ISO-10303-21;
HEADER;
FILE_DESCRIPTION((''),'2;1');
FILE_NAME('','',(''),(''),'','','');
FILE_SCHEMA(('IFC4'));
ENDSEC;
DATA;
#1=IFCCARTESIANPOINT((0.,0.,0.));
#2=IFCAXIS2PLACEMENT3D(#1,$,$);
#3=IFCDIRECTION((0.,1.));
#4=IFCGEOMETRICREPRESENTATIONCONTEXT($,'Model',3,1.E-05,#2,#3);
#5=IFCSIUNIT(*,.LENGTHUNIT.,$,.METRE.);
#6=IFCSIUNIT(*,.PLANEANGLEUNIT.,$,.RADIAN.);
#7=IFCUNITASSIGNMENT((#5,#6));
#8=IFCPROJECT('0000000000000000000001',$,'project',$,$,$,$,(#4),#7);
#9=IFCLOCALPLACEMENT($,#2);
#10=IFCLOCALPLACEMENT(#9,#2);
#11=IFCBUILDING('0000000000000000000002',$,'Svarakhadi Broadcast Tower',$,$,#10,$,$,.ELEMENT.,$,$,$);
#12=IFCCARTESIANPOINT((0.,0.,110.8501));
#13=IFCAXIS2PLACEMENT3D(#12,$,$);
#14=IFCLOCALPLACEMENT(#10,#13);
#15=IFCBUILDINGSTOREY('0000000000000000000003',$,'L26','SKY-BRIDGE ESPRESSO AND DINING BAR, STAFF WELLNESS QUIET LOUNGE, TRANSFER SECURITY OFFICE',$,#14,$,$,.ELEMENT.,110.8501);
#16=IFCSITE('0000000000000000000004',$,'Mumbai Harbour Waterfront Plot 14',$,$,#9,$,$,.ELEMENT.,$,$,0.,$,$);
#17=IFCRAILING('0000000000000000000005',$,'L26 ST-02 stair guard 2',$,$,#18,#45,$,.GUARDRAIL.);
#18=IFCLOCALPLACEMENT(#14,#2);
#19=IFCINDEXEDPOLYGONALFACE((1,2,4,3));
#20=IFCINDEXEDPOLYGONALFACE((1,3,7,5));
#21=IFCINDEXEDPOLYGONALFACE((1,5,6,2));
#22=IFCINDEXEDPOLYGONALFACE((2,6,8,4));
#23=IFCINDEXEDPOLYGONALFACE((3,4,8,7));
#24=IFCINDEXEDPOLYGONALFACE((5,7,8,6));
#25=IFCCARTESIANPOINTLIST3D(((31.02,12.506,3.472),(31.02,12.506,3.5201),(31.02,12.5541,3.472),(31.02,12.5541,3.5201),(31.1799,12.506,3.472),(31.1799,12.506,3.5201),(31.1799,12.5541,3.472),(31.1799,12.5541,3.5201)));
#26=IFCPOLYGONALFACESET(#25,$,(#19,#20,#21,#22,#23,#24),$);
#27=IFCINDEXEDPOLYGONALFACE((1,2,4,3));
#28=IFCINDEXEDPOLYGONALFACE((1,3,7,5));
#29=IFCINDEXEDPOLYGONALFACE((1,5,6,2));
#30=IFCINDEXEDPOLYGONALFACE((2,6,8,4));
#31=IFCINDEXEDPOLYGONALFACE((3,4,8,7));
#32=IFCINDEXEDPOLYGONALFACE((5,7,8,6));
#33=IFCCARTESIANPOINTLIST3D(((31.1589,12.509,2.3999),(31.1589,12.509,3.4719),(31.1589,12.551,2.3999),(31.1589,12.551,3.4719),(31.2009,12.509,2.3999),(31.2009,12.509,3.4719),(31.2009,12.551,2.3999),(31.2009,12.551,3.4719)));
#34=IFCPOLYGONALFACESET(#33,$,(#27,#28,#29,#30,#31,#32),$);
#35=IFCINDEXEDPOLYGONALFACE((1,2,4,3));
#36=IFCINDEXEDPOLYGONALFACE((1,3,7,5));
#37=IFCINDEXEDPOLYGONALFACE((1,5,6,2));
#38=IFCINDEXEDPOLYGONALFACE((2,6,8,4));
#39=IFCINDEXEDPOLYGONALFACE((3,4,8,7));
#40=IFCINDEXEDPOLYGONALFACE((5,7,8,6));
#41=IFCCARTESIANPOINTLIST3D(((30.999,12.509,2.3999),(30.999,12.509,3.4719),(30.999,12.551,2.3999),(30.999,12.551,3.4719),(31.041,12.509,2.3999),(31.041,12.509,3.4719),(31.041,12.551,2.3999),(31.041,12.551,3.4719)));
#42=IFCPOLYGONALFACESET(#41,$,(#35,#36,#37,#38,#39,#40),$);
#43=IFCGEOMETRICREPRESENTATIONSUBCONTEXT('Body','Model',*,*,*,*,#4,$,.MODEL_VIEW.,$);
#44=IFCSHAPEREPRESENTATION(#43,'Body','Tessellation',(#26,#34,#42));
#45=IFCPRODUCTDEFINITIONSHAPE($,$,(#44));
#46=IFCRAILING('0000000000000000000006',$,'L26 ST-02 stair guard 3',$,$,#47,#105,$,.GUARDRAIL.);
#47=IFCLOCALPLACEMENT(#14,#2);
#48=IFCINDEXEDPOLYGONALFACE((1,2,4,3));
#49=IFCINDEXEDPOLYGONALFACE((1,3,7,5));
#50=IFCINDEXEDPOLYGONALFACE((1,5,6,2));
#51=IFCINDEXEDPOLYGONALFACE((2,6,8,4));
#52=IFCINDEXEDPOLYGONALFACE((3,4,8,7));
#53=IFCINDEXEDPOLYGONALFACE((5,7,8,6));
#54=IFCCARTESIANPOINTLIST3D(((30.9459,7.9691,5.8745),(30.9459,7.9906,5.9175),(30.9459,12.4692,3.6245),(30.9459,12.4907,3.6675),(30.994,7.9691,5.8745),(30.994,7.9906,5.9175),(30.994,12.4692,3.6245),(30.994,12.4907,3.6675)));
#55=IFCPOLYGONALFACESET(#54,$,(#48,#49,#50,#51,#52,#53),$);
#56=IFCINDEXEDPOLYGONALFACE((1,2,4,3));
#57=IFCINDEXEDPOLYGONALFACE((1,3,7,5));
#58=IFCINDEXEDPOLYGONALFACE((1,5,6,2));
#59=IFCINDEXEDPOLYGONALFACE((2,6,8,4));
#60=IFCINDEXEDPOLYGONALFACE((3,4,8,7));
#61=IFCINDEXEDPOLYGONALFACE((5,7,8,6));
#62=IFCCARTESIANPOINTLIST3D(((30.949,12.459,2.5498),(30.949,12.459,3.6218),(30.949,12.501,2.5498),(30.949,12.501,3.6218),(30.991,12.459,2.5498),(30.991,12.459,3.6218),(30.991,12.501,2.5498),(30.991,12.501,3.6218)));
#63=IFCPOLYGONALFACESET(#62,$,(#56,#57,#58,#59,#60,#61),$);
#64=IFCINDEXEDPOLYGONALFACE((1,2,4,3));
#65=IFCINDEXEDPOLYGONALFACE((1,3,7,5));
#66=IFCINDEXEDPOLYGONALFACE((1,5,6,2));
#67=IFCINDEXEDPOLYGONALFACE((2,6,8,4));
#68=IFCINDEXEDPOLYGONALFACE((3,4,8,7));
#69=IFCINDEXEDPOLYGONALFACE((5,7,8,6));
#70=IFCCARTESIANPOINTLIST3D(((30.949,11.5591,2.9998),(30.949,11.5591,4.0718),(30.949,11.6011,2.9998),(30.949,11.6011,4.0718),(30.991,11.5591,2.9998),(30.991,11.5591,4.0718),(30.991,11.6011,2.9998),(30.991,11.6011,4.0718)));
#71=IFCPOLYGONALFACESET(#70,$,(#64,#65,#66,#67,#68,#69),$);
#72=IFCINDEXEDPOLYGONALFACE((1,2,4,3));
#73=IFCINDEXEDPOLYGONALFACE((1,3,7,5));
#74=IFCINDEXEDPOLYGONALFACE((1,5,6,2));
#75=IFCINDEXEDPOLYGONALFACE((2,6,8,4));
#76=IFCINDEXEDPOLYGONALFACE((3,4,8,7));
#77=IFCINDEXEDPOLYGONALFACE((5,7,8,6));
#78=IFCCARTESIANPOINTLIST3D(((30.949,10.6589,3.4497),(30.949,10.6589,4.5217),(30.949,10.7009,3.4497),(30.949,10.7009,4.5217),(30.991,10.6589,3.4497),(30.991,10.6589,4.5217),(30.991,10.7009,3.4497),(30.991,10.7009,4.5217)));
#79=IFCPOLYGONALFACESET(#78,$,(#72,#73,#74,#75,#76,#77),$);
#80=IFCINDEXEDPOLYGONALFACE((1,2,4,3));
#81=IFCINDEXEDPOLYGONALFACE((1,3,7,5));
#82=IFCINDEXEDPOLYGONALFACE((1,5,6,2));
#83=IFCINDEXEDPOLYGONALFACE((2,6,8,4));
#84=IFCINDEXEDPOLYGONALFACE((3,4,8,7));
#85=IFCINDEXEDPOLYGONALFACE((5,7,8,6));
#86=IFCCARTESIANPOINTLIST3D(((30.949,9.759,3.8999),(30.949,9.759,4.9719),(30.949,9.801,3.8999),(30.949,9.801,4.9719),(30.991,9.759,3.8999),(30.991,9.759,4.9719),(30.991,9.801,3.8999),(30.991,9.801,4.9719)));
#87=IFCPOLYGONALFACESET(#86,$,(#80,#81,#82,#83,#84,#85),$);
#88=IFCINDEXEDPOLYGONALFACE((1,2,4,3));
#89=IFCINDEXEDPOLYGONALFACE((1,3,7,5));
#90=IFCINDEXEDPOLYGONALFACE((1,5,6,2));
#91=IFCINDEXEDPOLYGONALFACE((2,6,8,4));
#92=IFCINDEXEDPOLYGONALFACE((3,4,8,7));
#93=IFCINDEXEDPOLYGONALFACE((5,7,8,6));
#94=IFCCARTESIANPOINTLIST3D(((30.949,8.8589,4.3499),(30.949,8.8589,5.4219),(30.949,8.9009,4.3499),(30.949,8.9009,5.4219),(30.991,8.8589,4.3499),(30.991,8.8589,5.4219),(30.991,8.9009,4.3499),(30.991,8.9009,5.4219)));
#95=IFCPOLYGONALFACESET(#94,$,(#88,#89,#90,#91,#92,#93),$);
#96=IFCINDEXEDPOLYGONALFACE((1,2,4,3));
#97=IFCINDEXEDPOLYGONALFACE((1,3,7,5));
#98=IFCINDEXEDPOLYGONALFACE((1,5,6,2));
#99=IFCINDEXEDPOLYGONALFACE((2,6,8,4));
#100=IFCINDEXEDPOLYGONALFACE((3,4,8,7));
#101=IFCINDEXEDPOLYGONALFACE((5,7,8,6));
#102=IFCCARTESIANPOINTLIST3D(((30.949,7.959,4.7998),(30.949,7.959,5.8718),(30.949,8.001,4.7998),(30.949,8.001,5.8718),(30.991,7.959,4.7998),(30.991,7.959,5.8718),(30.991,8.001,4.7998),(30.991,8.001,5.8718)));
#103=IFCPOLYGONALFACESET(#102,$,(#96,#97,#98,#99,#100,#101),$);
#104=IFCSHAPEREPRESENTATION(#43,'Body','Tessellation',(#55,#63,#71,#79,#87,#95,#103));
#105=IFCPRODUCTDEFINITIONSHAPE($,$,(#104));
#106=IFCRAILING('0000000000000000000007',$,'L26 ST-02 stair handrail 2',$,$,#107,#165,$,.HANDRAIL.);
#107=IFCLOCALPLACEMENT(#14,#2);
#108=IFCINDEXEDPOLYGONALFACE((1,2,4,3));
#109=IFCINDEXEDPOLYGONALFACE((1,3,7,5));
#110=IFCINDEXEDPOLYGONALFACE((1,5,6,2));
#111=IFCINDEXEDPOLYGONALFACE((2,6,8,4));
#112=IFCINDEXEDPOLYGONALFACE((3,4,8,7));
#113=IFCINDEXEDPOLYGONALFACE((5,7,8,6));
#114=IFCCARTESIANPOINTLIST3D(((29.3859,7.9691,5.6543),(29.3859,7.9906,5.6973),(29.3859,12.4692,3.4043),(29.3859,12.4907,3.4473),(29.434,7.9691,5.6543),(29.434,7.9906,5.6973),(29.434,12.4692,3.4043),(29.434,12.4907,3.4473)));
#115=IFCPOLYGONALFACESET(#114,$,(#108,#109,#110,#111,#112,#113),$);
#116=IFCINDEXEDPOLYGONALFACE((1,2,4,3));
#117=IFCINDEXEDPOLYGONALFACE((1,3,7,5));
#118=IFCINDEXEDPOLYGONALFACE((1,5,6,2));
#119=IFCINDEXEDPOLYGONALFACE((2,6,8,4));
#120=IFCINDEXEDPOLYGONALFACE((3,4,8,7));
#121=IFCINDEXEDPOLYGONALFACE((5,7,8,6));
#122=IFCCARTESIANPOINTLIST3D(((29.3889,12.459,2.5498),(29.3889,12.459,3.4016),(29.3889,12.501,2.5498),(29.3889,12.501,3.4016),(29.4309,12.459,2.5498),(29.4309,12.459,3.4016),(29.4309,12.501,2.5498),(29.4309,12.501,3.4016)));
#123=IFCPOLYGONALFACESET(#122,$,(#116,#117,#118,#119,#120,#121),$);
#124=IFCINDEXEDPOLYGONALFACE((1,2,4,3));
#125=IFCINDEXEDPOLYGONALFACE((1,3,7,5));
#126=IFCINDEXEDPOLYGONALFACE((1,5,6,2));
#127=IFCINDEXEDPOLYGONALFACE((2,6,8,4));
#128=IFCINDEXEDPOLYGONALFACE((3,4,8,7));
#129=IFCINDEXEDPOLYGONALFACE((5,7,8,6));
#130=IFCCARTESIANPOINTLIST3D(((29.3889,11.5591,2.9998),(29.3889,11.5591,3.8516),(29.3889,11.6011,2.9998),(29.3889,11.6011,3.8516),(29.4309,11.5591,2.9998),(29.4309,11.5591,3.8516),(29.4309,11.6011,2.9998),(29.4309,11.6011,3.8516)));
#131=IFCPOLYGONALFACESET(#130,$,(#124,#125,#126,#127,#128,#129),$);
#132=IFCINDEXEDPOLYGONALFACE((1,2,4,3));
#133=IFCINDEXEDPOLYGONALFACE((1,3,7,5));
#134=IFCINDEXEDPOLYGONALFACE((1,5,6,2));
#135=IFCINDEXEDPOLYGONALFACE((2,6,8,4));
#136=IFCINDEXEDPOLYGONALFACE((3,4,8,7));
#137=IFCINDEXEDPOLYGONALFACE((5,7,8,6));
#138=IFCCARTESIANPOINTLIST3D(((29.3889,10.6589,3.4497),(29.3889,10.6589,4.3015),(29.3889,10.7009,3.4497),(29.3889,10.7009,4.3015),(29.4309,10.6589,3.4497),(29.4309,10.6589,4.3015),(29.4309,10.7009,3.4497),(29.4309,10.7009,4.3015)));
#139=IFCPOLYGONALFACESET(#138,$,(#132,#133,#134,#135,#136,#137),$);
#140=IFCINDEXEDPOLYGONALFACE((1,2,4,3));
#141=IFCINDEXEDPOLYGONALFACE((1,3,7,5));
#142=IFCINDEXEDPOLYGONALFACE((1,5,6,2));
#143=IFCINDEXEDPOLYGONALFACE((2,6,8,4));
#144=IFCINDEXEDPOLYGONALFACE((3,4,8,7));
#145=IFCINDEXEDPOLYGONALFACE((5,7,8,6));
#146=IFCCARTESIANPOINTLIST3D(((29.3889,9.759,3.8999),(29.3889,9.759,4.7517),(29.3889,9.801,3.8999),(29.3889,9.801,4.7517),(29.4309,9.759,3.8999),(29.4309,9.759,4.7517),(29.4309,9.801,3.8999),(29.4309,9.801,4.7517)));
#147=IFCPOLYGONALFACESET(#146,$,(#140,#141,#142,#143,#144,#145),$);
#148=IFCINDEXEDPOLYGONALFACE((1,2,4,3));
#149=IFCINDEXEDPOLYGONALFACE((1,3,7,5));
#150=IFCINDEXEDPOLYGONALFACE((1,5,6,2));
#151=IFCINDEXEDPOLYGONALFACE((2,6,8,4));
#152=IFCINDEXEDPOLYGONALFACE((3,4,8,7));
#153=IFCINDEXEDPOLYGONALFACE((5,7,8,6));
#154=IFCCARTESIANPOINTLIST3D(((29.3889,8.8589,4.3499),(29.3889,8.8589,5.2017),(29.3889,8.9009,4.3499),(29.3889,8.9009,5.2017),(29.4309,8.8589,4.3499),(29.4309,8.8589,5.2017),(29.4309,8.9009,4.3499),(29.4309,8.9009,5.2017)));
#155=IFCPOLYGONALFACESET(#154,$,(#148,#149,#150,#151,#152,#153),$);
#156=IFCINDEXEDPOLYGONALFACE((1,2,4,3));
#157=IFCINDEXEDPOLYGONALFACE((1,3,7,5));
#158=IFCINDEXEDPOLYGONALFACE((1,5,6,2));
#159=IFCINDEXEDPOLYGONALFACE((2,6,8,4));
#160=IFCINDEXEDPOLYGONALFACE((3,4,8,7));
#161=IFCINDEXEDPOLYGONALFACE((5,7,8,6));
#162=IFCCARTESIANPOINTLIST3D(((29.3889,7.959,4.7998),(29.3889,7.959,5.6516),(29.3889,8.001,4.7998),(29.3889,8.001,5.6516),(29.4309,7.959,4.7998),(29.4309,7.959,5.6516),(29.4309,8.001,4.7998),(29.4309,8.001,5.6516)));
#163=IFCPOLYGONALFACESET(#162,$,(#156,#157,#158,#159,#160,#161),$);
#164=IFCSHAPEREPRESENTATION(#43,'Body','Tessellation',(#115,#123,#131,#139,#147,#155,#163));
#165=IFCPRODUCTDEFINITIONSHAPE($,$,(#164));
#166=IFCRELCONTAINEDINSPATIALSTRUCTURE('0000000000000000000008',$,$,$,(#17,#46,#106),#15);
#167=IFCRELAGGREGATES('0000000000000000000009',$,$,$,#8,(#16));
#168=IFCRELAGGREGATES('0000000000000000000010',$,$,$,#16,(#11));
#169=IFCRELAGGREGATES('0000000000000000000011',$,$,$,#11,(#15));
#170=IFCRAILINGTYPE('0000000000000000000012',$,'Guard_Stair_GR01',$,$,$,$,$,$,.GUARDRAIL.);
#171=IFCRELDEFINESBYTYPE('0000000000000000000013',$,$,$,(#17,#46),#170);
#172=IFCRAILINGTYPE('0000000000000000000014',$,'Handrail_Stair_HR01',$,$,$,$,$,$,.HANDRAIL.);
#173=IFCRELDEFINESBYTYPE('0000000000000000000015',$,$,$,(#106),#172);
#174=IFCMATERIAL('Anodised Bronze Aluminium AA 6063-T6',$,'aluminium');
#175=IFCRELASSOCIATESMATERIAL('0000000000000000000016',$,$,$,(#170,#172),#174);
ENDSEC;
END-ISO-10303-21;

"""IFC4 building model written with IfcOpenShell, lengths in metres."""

from ifc_helpers import new_model, si_unit, direction, frame, origin, origin_2d, place, context, subcontext, project, spatial, rectangle, extrude, material, type_object, element, save


model = new_model("IFC4")

# Units and contexts
model_context = context("Model", 3, precision=1e-05, world=origin(), true_north=direction((0.0, 1.0)))
body_context = subcontext(model_context, "Body", "Model", "MODEL_VIEW")
ifc_project = project(units=[si_unit("LENGTHUNIT", "METRE"), si_unit("PLANEANGLEUNIT", "RADIAN")], contexts=[model_context])

# Site, building, storey
site_placement = place(None, origin())
site = spatial("IfcSite", under=ifc_project, at=site_placement, Name="Mumbai Harbour Waterfront Plot 14", CompositionType="ELEMENT", RefElevation=0.0)
building_placement = place(site_placement, origin())
building = spatial("IfcBuilding", under=site, at=building_placement, Name="Svarakhadi Broadcast Tower", CompositionType="ELEMENT")
storey_placement = place(building_placement, frame((0.0, 0.0, 110.8501)))
storey = spatial("IfcBuildingStorey", under=building, at=storey_placement, Name="L26", Description="SKY-BRIDGE ESPRESSO AND DINING BAR, STAFF WELLNESS QUIET LOUNGE, TRANSFER SECURITY OFFICE", CompositionType="ELEMENT", Elevation=110.8501)

# Shared definitions
ifc_material_1 = material(Name="Anodised Bronze Aluminium AA 6063-T6", Category="aluminium")

# Railings
railing_type_1 = type_object("IfcRailingType", Name="Guard_Stair_GR01", PredefinedType="GUARDRAIL", material=ifc_material_1)
railing_1_placement = place(storey_placement, frame((31.1799, 12.53, 2.3999)))
element("IfcRailing", 1, at=railing_1_placement, inside=storey, type_object=railing_type_1, Name="L26 ST-02 stair guard 2", PredefinedType="GUARDRAIL", context=body_context, shape_type="SweptSolid", body=[
    extrude(rectangle(XDim=0.0481, YDim=0.0481, at=origin_2d()), frame((0.0, 0.0, 1.0962), z_axis=(-1.0, 0.0, 0.0), x_axis=(0.0, -1.0, 0.0)), (0.0, 0.0, 1.0), 0.1599),
    extrude(rectangle(XDim=0.042, YDim=0.042, at=origin_2d()), origin(), (0.0, 0.0, 1.0), 1.072),
    extrude(rectangle(XDim=0.042, YDim=0.042, at=origin_2d()), frame((-0.1599, 0.0, 0.0)), (0.0, 0.0, 1.0), 1.072),
])
railing_2_placement = place(storey_placement, frame((30.97, 12.48, 2.5498)))
element("IfcRailing", 2, at=railing_2_placement, inside=storey, type_object=railing_type_1, Name="L26 ST-02 stair guard 3", PredefinedType="GUARDRAIL", context=body_context, shape_type="SweptSolid", body=[
    extrude(rectangle(XDim=0.0481, YDim=0.0481, at=origin_2d()), frame((0.0, 0.0, 1.0962), z_axis=(0.0, -0.894427, 0.447214), x_axis=(1.0, 0.0, 0.0)), (0.0, 0.0, 1.0), 5.0312),
    extrude(rectangle(XDim=0.042, YDim=0.042, at=origin_2d()), origin(), (0.0, 0.0, 1.0), 1.072),
    extrude(rectangle(XDim=0.042, YDim=0.042, at=origin_2d()), frame((0.0, -0.8999, 0.45)), (0.0, 0.0, 1.0), 1.072),
    extrude(rectangle(XDim=0.042, YDim=0.042, at=origin_2d()), frame((0.0, -1.8, 0.8999)), (0.0, 0.0, 1.0), 1.072),
    extrude(rectangle(XDim=0.042, YDim=0.042, at=origin_2d()), frame((0.0, -2.7, 1.3501)), (0.0, 0.0, 1.0), 1.072),
    extrude(rectangle(XDim=0.042, YDim=0.042, at=origin_2d()), frame((0.0, -3.6001, 1.8)), (0.0, 0.0, 1.0), 1.072),
    extrude(rectangle(XDim=0.042, YDim=0.042, at=origin_2d()), frame((0.0, -4.5, 2.25)), (0.0, 0.0, 1.0), 1.072),
])
railing_type_2 = type_object("IfcRailingType", Name="Handrail_Stair_HR01", PredefinedType="HANDRAIL", material=ifc_material_1)
railing_3_placement = place(storey_placement, frame((29.4099, 12.48, 2.5498)))
element("IfcRailing", 3, at=railing_3_placement, inside=storey, type_object=railing_type_2, Name="L26 ST-02 stair handrail 2", PredefinedType="HANDRAIL", context=body_context, shape_type="SweptSolid", body=[
    extrude(rectangle(XDim=0.0481, YDim=0.0481, at=origin_2d()), frame((0.0, 0.0, 0.876), z_axis=(0.0, -0.894427, 0.447214), x_axis=(1.0, 0.0, 0.0)), (0.0, 0.0, 1.0), 5.0312),
    extrude(rectangle(XDim=0.042, YDim=0.042, at=origin_2d()), origin(), (0.0, 0.0, 1.0), 0.8518),
    extrude(rectangle(XDim=0.042, YDim=0.042, at=origin_2d()), frame((0.0, -0.8999, 0.45)), (0.0, 0.0, 1.0), 0.8518),
    extrude(rectangle(XDim=0.042, YDim=0.042, at=origin_2d()), frame((0.0, -1.8, 0.8999)), (0.0, 0.0, 1.0), 0.8518),
    extrude(rectangle(XDim=0.042, YDim=0.042, at=origin_2d()), frame((0.0, -2.7, 1.3501)), (0.0, 0.0, 1.0), 0.8518),
    extrude(rectangle(XDim=0.042, YDim=0.042, at=origin_2d()), frame((0.0, -3.6001, 1.8)), (0.0, 0.0, 1.0), 0.8518),
    extrude(rectangle(XDim=0.042, YDim=0.042, at=origin_2d()), frame((0.0, -4.5, 2.25)), (0.0, 0.0, 1.0), 0.8518),
])

save(model, "model.ifc")
